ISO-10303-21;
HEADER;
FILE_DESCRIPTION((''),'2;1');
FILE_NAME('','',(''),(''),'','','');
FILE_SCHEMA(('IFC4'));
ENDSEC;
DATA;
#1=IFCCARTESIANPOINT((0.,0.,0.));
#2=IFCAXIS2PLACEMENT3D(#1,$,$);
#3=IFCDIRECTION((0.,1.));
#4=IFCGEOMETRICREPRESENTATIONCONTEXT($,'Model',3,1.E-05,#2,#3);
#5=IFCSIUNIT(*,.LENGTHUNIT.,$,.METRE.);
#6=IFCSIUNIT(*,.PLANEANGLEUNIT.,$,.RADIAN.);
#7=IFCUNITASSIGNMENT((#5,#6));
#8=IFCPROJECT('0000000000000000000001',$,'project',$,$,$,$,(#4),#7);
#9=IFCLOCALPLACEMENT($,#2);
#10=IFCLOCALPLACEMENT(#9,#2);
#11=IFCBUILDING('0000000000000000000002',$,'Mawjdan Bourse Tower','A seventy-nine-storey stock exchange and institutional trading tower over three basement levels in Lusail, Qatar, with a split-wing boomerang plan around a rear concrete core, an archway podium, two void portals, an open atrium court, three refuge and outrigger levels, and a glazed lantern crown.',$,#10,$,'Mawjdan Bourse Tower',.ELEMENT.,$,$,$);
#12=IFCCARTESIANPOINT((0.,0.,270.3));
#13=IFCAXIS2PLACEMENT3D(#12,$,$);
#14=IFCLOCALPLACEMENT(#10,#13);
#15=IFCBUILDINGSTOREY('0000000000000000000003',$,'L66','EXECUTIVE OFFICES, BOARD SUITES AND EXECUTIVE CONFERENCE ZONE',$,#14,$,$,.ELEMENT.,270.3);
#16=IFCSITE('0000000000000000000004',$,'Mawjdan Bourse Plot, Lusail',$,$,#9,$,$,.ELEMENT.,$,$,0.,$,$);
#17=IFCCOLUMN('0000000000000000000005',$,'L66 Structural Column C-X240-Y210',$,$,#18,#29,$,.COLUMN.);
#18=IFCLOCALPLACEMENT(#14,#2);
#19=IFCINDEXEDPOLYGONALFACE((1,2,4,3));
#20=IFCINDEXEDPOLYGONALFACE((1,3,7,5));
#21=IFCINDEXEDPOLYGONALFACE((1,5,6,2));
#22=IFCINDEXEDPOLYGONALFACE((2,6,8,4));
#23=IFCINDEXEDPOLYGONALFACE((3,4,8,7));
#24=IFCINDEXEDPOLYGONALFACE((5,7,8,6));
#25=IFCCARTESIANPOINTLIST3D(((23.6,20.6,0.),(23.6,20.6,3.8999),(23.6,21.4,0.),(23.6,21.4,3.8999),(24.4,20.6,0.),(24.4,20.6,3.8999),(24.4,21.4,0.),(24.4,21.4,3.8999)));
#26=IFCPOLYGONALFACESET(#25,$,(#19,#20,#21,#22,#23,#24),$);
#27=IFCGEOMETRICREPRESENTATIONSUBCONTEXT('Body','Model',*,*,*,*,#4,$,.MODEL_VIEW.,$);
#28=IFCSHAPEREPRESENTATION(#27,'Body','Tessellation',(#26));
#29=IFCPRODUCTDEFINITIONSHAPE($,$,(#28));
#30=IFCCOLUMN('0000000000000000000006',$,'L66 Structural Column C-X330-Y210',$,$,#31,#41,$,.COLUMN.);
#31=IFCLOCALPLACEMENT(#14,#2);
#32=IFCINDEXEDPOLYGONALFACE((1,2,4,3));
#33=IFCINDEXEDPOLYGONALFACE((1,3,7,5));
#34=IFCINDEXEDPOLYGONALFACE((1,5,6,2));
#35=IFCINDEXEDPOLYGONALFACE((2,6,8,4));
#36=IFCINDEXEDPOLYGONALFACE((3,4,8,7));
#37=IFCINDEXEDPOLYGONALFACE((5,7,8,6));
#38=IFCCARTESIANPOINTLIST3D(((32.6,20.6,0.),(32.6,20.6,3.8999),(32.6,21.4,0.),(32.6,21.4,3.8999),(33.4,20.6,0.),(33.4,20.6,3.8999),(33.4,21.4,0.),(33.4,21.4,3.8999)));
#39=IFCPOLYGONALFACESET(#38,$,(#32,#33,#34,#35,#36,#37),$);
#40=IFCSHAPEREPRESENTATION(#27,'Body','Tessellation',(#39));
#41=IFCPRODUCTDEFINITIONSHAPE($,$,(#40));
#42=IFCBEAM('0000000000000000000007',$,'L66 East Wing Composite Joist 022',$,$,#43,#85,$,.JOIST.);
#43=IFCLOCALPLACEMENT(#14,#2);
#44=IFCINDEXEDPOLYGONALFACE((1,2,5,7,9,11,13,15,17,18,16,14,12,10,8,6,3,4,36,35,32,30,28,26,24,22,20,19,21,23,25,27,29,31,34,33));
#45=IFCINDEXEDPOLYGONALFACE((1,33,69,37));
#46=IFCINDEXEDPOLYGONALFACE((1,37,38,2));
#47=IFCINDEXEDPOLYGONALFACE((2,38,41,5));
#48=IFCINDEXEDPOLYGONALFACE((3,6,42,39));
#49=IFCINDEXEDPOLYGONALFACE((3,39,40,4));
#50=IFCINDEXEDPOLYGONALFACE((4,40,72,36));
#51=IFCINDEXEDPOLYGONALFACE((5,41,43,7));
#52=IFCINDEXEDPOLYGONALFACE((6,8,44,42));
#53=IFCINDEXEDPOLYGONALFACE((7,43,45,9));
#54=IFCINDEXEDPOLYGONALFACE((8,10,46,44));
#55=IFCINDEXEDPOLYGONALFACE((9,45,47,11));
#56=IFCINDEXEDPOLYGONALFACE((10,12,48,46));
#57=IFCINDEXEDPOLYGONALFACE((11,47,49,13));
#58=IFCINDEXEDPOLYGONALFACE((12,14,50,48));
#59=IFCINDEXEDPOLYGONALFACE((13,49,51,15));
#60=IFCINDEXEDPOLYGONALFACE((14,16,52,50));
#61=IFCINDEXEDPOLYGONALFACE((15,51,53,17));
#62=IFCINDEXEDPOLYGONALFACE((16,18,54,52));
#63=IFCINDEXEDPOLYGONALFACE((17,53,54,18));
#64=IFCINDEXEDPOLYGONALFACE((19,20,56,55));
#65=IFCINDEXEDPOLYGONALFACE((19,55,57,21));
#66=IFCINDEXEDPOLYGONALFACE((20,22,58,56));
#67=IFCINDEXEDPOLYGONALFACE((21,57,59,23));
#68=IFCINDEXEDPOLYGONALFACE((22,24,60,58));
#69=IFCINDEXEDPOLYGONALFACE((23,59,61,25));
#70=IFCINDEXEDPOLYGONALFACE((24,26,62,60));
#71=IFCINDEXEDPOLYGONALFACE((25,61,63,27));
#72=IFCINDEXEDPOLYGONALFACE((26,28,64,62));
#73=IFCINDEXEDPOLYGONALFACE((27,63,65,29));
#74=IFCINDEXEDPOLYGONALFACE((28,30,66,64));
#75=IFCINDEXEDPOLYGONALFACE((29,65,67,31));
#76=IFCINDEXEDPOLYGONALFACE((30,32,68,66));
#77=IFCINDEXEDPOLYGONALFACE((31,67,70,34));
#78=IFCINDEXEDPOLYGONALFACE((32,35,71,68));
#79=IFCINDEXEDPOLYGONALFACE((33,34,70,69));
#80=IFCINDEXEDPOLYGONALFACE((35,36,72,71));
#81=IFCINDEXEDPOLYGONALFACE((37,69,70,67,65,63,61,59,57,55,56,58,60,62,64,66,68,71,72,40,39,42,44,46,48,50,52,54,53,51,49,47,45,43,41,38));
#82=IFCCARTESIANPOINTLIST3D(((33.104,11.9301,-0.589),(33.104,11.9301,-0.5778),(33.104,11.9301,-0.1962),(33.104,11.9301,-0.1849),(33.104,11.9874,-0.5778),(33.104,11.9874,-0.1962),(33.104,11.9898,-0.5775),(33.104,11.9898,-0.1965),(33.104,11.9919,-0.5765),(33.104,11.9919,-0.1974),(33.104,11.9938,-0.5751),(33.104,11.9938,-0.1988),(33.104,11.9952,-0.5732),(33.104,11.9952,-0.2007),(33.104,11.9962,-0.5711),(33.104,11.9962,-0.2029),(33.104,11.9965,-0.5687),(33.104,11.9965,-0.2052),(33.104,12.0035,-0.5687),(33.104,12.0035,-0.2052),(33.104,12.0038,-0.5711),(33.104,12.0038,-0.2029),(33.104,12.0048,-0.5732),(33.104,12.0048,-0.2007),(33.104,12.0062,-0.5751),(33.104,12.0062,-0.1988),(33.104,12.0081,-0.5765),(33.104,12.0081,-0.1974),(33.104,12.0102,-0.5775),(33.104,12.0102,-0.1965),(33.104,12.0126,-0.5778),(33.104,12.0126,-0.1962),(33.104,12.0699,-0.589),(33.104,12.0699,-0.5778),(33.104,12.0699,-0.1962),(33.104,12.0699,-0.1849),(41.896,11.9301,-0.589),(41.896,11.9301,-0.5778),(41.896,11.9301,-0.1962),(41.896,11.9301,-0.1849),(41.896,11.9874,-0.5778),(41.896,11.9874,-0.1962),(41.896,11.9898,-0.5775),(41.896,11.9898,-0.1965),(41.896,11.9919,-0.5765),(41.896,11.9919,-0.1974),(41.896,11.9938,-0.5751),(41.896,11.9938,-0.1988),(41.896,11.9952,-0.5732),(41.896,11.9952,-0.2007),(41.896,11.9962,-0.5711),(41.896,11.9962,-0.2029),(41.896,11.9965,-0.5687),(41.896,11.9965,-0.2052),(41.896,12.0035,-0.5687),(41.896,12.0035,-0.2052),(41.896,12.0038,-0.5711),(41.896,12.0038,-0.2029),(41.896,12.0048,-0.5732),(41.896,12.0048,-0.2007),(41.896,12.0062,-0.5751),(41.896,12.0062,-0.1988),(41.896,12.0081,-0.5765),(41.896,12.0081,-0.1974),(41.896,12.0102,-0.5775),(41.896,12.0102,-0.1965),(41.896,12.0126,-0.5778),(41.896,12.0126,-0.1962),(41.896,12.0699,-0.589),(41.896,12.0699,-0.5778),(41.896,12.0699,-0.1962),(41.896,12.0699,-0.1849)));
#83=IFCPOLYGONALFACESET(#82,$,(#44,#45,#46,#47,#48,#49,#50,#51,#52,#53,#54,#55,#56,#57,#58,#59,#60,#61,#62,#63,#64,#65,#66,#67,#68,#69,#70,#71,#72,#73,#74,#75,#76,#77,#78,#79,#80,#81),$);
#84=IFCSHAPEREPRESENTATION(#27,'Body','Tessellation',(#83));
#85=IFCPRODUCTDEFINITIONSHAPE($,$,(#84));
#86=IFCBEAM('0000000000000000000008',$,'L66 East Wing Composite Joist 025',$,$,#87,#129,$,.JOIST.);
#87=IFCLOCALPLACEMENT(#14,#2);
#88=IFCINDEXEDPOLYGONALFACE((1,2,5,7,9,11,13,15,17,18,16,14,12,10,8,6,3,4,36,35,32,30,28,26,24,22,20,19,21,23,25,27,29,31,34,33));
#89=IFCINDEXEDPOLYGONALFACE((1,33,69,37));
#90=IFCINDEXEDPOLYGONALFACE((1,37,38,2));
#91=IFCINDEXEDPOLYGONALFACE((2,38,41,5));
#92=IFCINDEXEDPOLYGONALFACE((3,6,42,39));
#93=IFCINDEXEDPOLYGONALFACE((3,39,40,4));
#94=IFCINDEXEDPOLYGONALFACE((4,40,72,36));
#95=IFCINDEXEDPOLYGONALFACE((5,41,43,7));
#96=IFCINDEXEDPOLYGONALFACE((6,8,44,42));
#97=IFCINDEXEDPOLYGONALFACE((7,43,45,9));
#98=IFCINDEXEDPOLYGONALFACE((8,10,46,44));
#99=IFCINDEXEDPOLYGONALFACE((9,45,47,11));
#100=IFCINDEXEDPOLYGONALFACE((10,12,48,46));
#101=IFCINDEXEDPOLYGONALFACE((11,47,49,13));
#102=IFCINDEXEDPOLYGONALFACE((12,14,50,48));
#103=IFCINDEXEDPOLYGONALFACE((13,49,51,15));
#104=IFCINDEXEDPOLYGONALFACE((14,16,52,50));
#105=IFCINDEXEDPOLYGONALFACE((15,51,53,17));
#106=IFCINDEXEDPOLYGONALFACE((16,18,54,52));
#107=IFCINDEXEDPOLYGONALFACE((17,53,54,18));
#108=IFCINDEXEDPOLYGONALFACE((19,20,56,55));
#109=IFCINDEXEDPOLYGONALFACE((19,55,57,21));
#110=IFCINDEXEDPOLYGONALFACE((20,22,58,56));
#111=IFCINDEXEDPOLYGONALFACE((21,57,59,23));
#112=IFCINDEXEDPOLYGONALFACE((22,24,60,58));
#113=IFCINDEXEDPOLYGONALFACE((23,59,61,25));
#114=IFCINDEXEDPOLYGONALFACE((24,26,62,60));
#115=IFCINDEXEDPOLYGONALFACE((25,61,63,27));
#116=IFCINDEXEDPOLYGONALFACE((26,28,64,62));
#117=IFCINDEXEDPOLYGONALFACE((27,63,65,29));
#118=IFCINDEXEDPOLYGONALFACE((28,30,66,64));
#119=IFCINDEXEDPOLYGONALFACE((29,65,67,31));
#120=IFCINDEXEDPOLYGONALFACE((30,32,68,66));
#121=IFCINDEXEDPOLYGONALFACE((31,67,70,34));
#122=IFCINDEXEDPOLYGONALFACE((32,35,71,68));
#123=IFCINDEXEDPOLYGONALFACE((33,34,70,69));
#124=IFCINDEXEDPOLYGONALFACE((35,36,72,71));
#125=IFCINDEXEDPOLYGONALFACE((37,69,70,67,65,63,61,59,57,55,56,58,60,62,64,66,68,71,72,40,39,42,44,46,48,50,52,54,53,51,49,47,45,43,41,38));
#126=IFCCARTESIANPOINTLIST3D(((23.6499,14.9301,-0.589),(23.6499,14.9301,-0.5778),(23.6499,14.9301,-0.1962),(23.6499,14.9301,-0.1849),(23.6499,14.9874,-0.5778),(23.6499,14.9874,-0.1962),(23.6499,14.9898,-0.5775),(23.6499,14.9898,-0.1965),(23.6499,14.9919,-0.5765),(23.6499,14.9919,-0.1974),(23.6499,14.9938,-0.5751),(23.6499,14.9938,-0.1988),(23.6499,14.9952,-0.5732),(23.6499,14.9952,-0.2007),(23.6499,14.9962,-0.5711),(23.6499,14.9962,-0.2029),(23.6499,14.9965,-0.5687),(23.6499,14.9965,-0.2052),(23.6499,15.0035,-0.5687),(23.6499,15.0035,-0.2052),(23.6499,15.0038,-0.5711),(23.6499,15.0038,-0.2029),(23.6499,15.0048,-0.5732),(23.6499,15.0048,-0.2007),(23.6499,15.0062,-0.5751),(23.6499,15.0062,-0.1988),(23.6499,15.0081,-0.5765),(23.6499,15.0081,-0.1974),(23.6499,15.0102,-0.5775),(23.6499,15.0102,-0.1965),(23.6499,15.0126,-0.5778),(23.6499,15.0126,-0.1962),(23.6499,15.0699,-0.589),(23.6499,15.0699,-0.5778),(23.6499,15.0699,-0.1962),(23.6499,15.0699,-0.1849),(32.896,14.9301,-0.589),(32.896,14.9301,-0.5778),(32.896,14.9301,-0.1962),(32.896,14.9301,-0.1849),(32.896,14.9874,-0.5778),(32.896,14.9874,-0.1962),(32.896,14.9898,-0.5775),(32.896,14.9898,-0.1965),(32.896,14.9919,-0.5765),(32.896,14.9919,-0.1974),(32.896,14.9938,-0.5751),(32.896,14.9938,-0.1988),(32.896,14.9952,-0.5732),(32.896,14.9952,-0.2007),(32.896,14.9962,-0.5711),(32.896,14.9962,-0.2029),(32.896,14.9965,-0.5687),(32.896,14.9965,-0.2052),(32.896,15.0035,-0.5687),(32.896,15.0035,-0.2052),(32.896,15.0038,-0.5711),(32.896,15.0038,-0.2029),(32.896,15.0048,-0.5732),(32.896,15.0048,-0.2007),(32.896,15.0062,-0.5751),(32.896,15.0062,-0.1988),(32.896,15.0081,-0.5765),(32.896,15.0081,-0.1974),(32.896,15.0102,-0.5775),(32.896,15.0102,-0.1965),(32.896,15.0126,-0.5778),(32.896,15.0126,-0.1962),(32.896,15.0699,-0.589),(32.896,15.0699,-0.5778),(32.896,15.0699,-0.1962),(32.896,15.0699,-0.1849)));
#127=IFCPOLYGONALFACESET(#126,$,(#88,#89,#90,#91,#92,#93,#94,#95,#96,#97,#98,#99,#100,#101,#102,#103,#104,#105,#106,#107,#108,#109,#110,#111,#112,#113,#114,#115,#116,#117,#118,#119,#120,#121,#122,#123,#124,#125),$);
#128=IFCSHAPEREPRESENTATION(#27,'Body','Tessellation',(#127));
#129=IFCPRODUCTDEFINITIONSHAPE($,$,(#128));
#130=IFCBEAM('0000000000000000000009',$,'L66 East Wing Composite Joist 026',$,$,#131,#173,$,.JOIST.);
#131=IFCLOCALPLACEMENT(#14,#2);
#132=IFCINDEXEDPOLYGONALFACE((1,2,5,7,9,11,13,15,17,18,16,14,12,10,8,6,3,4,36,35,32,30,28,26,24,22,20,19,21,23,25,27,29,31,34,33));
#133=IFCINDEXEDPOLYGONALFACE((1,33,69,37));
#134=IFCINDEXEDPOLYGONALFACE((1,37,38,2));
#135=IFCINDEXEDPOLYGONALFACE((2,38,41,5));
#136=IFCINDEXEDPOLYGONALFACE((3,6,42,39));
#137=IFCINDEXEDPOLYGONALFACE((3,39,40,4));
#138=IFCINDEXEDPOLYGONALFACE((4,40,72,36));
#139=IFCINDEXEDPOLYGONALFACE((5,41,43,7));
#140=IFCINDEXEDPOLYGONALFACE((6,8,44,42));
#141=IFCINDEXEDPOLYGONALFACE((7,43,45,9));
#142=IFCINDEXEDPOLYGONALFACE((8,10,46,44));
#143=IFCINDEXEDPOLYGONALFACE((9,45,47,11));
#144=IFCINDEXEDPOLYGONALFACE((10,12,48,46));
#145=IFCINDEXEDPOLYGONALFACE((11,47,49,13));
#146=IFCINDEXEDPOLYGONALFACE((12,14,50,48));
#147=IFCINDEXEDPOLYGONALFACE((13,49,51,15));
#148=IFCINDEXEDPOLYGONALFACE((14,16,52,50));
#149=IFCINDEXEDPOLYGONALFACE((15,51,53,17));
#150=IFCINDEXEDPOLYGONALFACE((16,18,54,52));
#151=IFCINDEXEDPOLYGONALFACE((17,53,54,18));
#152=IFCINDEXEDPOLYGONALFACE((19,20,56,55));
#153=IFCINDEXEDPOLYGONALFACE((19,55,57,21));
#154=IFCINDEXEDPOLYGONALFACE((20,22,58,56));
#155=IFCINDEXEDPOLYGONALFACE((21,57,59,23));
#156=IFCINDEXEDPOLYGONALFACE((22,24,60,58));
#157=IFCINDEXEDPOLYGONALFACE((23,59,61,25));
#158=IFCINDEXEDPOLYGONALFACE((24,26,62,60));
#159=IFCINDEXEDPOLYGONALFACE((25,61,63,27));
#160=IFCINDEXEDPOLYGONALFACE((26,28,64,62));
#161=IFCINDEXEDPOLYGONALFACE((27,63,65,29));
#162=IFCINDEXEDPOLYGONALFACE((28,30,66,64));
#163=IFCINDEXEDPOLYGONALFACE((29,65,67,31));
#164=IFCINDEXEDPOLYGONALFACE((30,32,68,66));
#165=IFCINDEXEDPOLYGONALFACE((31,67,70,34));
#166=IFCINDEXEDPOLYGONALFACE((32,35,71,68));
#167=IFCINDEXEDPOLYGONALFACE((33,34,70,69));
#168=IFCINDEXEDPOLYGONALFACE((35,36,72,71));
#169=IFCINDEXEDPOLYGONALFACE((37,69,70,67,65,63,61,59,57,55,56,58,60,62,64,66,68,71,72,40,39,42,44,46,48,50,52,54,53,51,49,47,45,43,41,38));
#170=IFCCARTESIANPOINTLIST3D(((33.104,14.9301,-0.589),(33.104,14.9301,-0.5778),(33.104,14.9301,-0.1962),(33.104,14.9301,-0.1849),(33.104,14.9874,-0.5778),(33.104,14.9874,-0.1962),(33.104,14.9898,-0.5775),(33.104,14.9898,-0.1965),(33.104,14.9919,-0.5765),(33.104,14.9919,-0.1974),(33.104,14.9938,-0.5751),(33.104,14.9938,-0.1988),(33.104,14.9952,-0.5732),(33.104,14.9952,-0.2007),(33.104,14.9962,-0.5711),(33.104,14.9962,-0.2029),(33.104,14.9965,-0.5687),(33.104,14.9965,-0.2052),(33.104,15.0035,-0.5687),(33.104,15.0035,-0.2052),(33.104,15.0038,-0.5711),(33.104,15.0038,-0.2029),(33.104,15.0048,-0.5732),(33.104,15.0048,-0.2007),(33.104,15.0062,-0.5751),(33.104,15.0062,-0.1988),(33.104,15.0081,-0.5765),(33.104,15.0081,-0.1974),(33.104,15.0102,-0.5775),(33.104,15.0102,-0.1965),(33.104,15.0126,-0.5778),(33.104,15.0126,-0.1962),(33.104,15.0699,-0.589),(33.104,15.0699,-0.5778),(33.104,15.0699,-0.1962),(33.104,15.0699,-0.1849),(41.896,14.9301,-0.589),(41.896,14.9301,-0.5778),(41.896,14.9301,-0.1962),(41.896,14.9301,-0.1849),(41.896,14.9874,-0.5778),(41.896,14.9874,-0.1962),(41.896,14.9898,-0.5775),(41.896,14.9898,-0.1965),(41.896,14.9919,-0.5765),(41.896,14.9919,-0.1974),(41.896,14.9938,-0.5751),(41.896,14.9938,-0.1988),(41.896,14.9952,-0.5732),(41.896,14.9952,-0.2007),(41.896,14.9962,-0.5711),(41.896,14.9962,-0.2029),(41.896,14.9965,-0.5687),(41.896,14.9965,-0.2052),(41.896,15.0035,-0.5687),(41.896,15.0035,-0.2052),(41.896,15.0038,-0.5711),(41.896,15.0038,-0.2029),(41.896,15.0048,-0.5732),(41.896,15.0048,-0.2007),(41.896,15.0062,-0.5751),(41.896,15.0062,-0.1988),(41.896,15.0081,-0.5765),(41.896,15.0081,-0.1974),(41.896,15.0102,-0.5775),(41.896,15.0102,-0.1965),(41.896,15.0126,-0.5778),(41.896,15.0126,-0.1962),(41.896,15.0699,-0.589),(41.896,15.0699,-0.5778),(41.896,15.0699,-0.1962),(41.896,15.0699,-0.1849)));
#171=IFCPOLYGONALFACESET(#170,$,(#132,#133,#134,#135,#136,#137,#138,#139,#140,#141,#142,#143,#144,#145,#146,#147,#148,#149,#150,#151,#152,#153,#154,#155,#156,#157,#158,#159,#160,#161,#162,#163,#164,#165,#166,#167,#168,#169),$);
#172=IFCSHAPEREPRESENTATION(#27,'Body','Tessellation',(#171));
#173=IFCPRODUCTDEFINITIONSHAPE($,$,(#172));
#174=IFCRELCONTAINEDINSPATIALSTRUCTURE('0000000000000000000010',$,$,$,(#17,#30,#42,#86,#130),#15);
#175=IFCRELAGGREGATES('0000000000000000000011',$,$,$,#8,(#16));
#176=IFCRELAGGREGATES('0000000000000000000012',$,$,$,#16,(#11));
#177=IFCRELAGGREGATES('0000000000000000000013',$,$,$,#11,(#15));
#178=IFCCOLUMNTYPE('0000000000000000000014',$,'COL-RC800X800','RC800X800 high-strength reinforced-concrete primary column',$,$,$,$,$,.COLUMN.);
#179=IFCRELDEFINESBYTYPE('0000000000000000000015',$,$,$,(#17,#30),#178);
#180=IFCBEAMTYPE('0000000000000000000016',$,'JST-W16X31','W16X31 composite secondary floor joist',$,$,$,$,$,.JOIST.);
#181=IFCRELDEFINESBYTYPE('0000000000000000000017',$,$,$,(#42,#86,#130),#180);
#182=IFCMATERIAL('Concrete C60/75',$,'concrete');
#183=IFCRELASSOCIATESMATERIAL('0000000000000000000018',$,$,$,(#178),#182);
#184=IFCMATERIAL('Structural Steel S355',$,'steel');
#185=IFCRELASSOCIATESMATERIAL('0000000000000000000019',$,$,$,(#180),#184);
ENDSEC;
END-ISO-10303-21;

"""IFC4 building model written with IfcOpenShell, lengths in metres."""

from ifc_helpers import new_model, si_unit, direction, frame, origin, origin_2d, place, context, subcontext, project, spatial, rectangle, i_section, extrude, material, material_profile, profile_set, type_object, element, save


model = new_model("IFC4")

# Units and contexts
model_context = context("Model", 3, precision=1e-05, world=origin(), true_north=direction((0.0, 1.0)))
body_context = subcontext(model_context, "Body", "Model", "MODEL_VIEW")
ifc_project = project(units=[si_unit("LENGTHUNIT", "METRE"), si_unit("PLANEANGLEUNIT", "RADIAN")], contexts=[model_context])

# Site, building, storey
site_placement = place(None, origin())
site = spatial("IfcSite", under=ifc_project, at=site_placement, Name="Mawjdan Bourse Plot, Lusail", CompositionType="ELEMENT", RefElevation=0.0)
building_placement = place(site_placement, origin())
building = spatial("IfcBuilding", under=site, at=building_placement, Name="Mawjdan Bourse Tower", Description="A seventy-nine-storey stock exchange and institutional trading tower over three basement levels in Lusail, Qatar, with a split-wing boomerang plan around a rear concrete core, an archway podium, two void portals, an open atrium court, three refuge and outrigger levels, and a glazed lantern crown.", LongName="Mawjdan Bourse Tower", CompositionType="ELEMENT")
storey_placement = place(building_placement, frame((0.0, 0.0, 270.3)))
storey = spatial("IfcBuildingStorey", under=building, at=storey_placement, Name="L66", Description="EXECUTIVE OFFICES, BOARD SUITES AND EXECUTIVE CONFERENCE ZONE", CompositionType="ELEMENT", Elevation=270.3)

# Columns
ifc_material_1 = material(Name="Concrete C60/75", Category="concrete")
ifc_material_profile_1 = material_profile(ifc_material_1, rectangle(XDim=0.8, YDim=0.8, at=origin_2d()), Name="RC800X800")
ifc_profile_set_1 = profile_set([ifc_material_profile_1], Name="Concrete C60/75")
column_type = type_object("IfcColumnType", Name="COL-RC800X800", Description="RC800X800 high-strength reinforced-concrete primary column", PredefinedType="COLUMN", material=ifc_profile_set_1)
for number, where, z_axis, x_axis, name in (
    (1, (24.0, 21.0, 0.0), (0.0, 0.0, 1.0), (1.0, 0.0, 0.0), "L66 Structural Column C-X240-Y210"),
    (2, (33.0, 21.0, 0.0), (0.0, 0.0, 1.0), (1.0, 0.0, 0.0), "L66 Structural Column C-X330-Y210"),
):
    element("IfcColumn", number, at=place(storey_placement, frame(where, z_axis=z_axis, x_axis=x_axis)), inside=storey, type_object=column_type, Name=name, PredefinedType="COLUMN", context=body_context, shape_type="SweptSolid", body=[
        extrude(rectangle(XDim=0.8, YDim=0.8, at=origin_2d()), origin(), (0.0, 0.0, 1.0), 3.8999),
    ])

# Beams
ifc_material_2 = material(Name="Structural Steel S355", Category="steel")
ifc_material_profile_2 = material_profile(ifc_material_2, i_section(OverallWidth=0.1399, OverallDepth=0.4041, WebThickness=0.0071, FlangeThickness=0.0112, FilletRadius=0.009, at=origin_2d()), Name="W16X31")
ifc_profile_set_2 = profile_set([ifc_material_profile_2], Name="Structural Steel S355")
beam_type_1 = type_object("IfcBeamType", Name="JST-W16X31", Description="W16X31 composite secondary floor joist", PredefinedType="JOIST", material=ifc_profile_set_2)
beam_1_placement = place(storey_placement, frame((33.104, 12.0, -0.387), z_axis=(1.0, 0.0, 0.0), x_axis=(0.0, 1.0, 0.0)))
element("IfcBeam", 3, at=beam_1_placement, inside=storey, type_object=beam_type_1, Name="L66 East Wing Composite Joist 022", PredefinedType="JOIST", context=body_context, shape_type="SweptSolid", body=[
    extrude(i_section(OverallWidth=0.1399, OverallDepth=0.4041, WebThickness=0.0071, FlangeThickness=0.0112, FilletRadius=0.009, at=origin_2d()), origin(), (0.0, 0.0, 1.0), 8.792),
])
beam_2_placement = place(storey_placement, frame((23.6499, 15.0, -0.387), z_axis=(1.0, 0.0, 0.0), x_axis=(0.0, 1.0, 0.0)))
element("IfcBeam", 4, at=beam_2_placement, inside=storey, type_object=beam_type_1, Name="L66 East Wing Composite Joist 025", PredefinedType="JOIST", context=body_context, shape_type="SweptSolid", body=[
    extrude(i_section(OverallWidth=0.1399, OverallDepth=0.4041, WebThickness=0.0071, FlangeThickness=0.0112, FilletRadius=0.009, at=origin_2d()), origin(), (0.0, 0.0, 1.0), 9.2461),
])
beam_3_placement = place(storey_placement, frame((33.104, 15.0, -0.387), z_axis=(1.0, 0.0, 0.0), x_axis=(0.0, 1.0, 0.0)))
element("IfcBeam", 5, at=beam_3_placement, inside=storey, type_object=beam_type_1, Name="L66 East Wing Composite Joist 026", PredefinedType="JOIST", context=body_context, shape_type="SweptSolid", body=[
    extrude(i_section(OverallWidth=0.1399, OverallDepth=0.4041, WebThickness=0.0071, FlangeThickness=0.0112, FilletRadius=0.009, at=origin_2d()), origin(), (0.0, 0.0, 1.0), 8.792),
])

save(model, "model.ifc")
